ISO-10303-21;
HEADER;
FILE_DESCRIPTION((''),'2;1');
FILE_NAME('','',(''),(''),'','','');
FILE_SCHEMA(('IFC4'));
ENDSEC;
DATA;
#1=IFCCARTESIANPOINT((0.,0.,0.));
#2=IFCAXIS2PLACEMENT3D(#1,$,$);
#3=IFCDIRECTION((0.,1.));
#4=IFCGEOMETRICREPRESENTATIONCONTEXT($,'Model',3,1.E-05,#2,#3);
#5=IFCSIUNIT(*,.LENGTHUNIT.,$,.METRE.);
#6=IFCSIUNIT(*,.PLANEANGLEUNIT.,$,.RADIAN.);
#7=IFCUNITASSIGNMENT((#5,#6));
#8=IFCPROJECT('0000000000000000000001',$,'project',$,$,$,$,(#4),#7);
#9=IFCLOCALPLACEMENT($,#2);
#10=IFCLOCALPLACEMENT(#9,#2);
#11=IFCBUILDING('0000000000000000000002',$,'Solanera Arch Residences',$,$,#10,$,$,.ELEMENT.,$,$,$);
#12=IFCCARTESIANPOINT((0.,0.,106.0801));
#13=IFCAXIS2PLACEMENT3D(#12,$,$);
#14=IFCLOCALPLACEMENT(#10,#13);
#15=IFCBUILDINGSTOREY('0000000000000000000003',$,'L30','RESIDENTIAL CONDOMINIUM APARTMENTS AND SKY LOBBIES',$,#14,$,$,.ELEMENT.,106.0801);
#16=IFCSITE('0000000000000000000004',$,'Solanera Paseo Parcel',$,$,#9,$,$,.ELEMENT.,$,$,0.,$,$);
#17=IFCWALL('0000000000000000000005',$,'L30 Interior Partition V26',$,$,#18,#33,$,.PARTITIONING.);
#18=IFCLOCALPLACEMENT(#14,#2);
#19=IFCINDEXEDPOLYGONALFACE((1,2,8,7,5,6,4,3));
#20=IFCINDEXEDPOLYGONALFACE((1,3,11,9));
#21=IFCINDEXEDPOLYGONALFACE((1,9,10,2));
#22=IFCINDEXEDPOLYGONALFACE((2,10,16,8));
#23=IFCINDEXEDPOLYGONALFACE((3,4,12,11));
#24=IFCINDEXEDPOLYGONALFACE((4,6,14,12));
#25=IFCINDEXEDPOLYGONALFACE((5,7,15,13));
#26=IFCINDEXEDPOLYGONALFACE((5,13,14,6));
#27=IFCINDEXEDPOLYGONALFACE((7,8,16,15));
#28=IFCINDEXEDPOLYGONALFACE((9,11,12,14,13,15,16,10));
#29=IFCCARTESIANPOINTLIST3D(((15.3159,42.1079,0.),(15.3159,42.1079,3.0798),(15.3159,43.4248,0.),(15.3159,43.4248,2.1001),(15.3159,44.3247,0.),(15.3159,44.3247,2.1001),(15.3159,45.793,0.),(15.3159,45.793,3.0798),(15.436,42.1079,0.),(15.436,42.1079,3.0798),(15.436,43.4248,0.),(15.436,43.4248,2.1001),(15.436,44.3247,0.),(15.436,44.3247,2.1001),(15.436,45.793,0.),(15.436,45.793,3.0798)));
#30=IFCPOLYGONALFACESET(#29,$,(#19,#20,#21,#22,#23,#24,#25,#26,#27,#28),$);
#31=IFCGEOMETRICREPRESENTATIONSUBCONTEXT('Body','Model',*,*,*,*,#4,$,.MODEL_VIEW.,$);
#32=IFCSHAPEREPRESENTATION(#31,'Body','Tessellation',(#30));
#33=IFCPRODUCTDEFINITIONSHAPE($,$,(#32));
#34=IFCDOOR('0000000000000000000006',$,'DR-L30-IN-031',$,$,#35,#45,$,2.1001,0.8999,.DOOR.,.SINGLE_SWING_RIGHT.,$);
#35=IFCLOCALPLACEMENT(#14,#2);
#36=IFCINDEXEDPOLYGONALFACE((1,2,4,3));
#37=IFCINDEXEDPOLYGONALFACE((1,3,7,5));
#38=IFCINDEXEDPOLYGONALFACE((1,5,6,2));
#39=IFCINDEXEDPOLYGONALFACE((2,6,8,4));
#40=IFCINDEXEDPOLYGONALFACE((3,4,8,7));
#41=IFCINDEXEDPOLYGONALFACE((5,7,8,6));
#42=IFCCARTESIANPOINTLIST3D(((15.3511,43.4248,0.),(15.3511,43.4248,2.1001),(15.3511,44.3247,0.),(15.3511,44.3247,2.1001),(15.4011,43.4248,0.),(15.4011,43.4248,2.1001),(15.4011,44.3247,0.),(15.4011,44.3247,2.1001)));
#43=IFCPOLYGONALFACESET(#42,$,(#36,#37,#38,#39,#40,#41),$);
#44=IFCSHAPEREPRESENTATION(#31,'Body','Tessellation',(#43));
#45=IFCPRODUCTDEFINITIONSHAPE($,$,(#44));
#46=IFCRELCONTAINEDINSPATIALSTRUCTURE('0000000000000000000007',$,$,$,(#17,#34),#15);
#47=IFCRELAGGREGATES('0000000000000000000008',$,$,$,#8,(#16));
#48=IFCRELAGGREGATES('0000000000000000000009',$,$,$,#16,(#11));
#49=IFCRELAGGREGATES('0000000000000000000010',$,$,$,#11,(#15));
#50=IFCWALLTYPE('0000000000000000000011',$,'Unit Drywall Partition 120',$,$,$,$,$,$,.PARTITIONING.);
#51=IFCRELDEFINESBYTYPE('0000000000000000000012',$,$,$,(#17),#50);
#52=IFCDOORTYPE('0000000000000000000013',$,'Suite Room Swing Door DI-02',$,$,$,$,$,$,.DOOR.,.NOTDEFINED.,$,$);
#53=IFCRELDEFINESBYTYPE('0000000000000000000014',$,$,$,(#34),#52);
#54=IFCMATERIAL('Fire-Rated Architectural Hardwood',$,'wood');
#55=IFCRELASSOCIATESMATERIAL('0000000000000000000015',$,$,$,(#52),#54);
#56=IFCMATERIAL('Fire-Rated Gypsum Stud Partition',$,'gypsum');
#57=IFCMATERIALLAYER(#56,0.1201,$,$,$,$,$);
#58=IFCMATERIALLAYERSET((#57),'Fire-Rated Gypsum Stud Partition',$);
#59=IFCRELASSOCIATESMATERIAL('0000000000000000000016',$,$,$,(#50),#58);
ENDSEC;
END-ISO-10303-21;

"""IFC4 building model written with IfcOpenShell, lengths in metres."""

from ifc_helpers import new_model, si_unit, direction, frame, frame_2d, origin, place, context, subcontext, project, spatial, rectangle, extrude, material, layer, layer_set, type_object, element, fill, save


model = new_model("IFC4")

# Units and contexts
model_context = context("Model", 3, precision=1e-05, world=origin(), true_north=direction((0.0, 1.0)))
body_context = subcontext(model_context, "Body", "Model", "MODEL_VIEW")
ifc_project = project(units=[si_unit("LENGTHUNIT", "METRE"), si_unit("PLANEANGLEUNIT", "RADIAN")], contexts=[model_context])

# Site, building, storey
site_placement = place(None, origin())
site = spatial("IfcSite", under=ifc_project, at=site_placement, Name="Solanera Paseo Parcel", CompositionType="ELEMENT", RefElevation=0.0)
building_placement = place(site_placement, origin())
building = spatial("IfcBuilding", under=site, at=building_placement, Name="Solanera Arch Residences", CompositionType="ELEMENT")
storey_placement = place(building_placement, frame((0.0, 0.0, 106.0801)))
storey = spatial("IfcBuildingStorey", under=building, at=storey_placement, Name="L30", Description="RESIDENTIAL CONDOMINIUM APARTMENTS AND SKY LOBBIES", CompositionType="ELEMENT", Elevation=106.0801)

# Shared definitions
ifc_material_1 = material(Name="Fire-Rated Architectural Hardwood", Category="wood")
door_type_1 = type_object("IfcDoorType", Name="Suite Room Swing Door DI-02", OperationType="NOTDEFINED", PredefinedType="DOOR", material=ifc_material_1)

# Wall, opening, door
ifc_material_2 = material(Name="Fire-Rated Gypsum Stud Partition", Category="gypsum")
ifc_layer_1 = layer(ifc_material_2, 0.1201)
ifc_layer_set_1 = layer_set([ifc_layer_1], Name="Fire-Rated Gypsum Stud Partition")
wall_type_1 = type_object("IfcWallType", Name="Unit Drywall Partition 120", PredefinedType="PARTITIONING", material=ifc_layer_set_1)
wall_1_placement = place(storey_placement, frame((15.376, 42.1079, 0.0), z_axis=(0.0, 0.0, 1.0), x_axis=(0.0, 1.0, 0.0)))
wall_1 = element("IfcWall", 1, at=wall_1_placement, inside=storey, type_object=wall_type_1, Name="L30 Interior Partition V26", PredefinedType="PARTITIONING", context=body_context, shape_type="SweptSolid", body=[
    extrude(rectangle(XDim=3.6851, YDim=0.1201, at=frame_2d((1.8425, 0.0))), origin(), (0.0, 0.0, 1.0), 3.0798),
])
opening_1_placement = place(wall_1_placement, frame((1.3169, 0.0, 0.0)))
opening_1 = element("IfcOpeningElement", 2, at=opening_1_placement, cuts=wall_1, PredefinedType="OPENING", context=body_context, shape_type="SweptSolid", body=[
    extrude(rectangle(XDim=0.8999, YDim=2.1001, at=frame_2d((0.45, 1.05))), frame((0.0, 0.0701, 0.0), z_axis=(0.0, -1.0, 0.0), x_axis=(1.0, 0.0, 0.0)), (0.0, 0.0, 1.0), 0.1401),
])
door_1_placement = place(opening_1_placement, origin())
door_1 = element("IfcDoor", 3, at=door_1_placement, inside=storey, type_object=door_type_1, Name="DR-L30-IN-031", OperationType="SINGLE_SWING_RIGHT", OverallHeight=2.1001, OverallWidth=0.8999, PredefinedType="DOOR", context=body_context, shape_type="SweptSolid", body=[
    extrude(rectangle(XDim=0.8999, YDim=2.1001, at=frame_2d((0.45, 1.05))), frame((0.0, 0.0249, 0.0), z_axis=(0.0, -1.0, 0.0), x_axis=(1.0, 0.0, 0.0)), (0.0, 0.0, 1.0), 0.05),
])
fill(opening_1, door_1)

save(model, "model.ifc")
